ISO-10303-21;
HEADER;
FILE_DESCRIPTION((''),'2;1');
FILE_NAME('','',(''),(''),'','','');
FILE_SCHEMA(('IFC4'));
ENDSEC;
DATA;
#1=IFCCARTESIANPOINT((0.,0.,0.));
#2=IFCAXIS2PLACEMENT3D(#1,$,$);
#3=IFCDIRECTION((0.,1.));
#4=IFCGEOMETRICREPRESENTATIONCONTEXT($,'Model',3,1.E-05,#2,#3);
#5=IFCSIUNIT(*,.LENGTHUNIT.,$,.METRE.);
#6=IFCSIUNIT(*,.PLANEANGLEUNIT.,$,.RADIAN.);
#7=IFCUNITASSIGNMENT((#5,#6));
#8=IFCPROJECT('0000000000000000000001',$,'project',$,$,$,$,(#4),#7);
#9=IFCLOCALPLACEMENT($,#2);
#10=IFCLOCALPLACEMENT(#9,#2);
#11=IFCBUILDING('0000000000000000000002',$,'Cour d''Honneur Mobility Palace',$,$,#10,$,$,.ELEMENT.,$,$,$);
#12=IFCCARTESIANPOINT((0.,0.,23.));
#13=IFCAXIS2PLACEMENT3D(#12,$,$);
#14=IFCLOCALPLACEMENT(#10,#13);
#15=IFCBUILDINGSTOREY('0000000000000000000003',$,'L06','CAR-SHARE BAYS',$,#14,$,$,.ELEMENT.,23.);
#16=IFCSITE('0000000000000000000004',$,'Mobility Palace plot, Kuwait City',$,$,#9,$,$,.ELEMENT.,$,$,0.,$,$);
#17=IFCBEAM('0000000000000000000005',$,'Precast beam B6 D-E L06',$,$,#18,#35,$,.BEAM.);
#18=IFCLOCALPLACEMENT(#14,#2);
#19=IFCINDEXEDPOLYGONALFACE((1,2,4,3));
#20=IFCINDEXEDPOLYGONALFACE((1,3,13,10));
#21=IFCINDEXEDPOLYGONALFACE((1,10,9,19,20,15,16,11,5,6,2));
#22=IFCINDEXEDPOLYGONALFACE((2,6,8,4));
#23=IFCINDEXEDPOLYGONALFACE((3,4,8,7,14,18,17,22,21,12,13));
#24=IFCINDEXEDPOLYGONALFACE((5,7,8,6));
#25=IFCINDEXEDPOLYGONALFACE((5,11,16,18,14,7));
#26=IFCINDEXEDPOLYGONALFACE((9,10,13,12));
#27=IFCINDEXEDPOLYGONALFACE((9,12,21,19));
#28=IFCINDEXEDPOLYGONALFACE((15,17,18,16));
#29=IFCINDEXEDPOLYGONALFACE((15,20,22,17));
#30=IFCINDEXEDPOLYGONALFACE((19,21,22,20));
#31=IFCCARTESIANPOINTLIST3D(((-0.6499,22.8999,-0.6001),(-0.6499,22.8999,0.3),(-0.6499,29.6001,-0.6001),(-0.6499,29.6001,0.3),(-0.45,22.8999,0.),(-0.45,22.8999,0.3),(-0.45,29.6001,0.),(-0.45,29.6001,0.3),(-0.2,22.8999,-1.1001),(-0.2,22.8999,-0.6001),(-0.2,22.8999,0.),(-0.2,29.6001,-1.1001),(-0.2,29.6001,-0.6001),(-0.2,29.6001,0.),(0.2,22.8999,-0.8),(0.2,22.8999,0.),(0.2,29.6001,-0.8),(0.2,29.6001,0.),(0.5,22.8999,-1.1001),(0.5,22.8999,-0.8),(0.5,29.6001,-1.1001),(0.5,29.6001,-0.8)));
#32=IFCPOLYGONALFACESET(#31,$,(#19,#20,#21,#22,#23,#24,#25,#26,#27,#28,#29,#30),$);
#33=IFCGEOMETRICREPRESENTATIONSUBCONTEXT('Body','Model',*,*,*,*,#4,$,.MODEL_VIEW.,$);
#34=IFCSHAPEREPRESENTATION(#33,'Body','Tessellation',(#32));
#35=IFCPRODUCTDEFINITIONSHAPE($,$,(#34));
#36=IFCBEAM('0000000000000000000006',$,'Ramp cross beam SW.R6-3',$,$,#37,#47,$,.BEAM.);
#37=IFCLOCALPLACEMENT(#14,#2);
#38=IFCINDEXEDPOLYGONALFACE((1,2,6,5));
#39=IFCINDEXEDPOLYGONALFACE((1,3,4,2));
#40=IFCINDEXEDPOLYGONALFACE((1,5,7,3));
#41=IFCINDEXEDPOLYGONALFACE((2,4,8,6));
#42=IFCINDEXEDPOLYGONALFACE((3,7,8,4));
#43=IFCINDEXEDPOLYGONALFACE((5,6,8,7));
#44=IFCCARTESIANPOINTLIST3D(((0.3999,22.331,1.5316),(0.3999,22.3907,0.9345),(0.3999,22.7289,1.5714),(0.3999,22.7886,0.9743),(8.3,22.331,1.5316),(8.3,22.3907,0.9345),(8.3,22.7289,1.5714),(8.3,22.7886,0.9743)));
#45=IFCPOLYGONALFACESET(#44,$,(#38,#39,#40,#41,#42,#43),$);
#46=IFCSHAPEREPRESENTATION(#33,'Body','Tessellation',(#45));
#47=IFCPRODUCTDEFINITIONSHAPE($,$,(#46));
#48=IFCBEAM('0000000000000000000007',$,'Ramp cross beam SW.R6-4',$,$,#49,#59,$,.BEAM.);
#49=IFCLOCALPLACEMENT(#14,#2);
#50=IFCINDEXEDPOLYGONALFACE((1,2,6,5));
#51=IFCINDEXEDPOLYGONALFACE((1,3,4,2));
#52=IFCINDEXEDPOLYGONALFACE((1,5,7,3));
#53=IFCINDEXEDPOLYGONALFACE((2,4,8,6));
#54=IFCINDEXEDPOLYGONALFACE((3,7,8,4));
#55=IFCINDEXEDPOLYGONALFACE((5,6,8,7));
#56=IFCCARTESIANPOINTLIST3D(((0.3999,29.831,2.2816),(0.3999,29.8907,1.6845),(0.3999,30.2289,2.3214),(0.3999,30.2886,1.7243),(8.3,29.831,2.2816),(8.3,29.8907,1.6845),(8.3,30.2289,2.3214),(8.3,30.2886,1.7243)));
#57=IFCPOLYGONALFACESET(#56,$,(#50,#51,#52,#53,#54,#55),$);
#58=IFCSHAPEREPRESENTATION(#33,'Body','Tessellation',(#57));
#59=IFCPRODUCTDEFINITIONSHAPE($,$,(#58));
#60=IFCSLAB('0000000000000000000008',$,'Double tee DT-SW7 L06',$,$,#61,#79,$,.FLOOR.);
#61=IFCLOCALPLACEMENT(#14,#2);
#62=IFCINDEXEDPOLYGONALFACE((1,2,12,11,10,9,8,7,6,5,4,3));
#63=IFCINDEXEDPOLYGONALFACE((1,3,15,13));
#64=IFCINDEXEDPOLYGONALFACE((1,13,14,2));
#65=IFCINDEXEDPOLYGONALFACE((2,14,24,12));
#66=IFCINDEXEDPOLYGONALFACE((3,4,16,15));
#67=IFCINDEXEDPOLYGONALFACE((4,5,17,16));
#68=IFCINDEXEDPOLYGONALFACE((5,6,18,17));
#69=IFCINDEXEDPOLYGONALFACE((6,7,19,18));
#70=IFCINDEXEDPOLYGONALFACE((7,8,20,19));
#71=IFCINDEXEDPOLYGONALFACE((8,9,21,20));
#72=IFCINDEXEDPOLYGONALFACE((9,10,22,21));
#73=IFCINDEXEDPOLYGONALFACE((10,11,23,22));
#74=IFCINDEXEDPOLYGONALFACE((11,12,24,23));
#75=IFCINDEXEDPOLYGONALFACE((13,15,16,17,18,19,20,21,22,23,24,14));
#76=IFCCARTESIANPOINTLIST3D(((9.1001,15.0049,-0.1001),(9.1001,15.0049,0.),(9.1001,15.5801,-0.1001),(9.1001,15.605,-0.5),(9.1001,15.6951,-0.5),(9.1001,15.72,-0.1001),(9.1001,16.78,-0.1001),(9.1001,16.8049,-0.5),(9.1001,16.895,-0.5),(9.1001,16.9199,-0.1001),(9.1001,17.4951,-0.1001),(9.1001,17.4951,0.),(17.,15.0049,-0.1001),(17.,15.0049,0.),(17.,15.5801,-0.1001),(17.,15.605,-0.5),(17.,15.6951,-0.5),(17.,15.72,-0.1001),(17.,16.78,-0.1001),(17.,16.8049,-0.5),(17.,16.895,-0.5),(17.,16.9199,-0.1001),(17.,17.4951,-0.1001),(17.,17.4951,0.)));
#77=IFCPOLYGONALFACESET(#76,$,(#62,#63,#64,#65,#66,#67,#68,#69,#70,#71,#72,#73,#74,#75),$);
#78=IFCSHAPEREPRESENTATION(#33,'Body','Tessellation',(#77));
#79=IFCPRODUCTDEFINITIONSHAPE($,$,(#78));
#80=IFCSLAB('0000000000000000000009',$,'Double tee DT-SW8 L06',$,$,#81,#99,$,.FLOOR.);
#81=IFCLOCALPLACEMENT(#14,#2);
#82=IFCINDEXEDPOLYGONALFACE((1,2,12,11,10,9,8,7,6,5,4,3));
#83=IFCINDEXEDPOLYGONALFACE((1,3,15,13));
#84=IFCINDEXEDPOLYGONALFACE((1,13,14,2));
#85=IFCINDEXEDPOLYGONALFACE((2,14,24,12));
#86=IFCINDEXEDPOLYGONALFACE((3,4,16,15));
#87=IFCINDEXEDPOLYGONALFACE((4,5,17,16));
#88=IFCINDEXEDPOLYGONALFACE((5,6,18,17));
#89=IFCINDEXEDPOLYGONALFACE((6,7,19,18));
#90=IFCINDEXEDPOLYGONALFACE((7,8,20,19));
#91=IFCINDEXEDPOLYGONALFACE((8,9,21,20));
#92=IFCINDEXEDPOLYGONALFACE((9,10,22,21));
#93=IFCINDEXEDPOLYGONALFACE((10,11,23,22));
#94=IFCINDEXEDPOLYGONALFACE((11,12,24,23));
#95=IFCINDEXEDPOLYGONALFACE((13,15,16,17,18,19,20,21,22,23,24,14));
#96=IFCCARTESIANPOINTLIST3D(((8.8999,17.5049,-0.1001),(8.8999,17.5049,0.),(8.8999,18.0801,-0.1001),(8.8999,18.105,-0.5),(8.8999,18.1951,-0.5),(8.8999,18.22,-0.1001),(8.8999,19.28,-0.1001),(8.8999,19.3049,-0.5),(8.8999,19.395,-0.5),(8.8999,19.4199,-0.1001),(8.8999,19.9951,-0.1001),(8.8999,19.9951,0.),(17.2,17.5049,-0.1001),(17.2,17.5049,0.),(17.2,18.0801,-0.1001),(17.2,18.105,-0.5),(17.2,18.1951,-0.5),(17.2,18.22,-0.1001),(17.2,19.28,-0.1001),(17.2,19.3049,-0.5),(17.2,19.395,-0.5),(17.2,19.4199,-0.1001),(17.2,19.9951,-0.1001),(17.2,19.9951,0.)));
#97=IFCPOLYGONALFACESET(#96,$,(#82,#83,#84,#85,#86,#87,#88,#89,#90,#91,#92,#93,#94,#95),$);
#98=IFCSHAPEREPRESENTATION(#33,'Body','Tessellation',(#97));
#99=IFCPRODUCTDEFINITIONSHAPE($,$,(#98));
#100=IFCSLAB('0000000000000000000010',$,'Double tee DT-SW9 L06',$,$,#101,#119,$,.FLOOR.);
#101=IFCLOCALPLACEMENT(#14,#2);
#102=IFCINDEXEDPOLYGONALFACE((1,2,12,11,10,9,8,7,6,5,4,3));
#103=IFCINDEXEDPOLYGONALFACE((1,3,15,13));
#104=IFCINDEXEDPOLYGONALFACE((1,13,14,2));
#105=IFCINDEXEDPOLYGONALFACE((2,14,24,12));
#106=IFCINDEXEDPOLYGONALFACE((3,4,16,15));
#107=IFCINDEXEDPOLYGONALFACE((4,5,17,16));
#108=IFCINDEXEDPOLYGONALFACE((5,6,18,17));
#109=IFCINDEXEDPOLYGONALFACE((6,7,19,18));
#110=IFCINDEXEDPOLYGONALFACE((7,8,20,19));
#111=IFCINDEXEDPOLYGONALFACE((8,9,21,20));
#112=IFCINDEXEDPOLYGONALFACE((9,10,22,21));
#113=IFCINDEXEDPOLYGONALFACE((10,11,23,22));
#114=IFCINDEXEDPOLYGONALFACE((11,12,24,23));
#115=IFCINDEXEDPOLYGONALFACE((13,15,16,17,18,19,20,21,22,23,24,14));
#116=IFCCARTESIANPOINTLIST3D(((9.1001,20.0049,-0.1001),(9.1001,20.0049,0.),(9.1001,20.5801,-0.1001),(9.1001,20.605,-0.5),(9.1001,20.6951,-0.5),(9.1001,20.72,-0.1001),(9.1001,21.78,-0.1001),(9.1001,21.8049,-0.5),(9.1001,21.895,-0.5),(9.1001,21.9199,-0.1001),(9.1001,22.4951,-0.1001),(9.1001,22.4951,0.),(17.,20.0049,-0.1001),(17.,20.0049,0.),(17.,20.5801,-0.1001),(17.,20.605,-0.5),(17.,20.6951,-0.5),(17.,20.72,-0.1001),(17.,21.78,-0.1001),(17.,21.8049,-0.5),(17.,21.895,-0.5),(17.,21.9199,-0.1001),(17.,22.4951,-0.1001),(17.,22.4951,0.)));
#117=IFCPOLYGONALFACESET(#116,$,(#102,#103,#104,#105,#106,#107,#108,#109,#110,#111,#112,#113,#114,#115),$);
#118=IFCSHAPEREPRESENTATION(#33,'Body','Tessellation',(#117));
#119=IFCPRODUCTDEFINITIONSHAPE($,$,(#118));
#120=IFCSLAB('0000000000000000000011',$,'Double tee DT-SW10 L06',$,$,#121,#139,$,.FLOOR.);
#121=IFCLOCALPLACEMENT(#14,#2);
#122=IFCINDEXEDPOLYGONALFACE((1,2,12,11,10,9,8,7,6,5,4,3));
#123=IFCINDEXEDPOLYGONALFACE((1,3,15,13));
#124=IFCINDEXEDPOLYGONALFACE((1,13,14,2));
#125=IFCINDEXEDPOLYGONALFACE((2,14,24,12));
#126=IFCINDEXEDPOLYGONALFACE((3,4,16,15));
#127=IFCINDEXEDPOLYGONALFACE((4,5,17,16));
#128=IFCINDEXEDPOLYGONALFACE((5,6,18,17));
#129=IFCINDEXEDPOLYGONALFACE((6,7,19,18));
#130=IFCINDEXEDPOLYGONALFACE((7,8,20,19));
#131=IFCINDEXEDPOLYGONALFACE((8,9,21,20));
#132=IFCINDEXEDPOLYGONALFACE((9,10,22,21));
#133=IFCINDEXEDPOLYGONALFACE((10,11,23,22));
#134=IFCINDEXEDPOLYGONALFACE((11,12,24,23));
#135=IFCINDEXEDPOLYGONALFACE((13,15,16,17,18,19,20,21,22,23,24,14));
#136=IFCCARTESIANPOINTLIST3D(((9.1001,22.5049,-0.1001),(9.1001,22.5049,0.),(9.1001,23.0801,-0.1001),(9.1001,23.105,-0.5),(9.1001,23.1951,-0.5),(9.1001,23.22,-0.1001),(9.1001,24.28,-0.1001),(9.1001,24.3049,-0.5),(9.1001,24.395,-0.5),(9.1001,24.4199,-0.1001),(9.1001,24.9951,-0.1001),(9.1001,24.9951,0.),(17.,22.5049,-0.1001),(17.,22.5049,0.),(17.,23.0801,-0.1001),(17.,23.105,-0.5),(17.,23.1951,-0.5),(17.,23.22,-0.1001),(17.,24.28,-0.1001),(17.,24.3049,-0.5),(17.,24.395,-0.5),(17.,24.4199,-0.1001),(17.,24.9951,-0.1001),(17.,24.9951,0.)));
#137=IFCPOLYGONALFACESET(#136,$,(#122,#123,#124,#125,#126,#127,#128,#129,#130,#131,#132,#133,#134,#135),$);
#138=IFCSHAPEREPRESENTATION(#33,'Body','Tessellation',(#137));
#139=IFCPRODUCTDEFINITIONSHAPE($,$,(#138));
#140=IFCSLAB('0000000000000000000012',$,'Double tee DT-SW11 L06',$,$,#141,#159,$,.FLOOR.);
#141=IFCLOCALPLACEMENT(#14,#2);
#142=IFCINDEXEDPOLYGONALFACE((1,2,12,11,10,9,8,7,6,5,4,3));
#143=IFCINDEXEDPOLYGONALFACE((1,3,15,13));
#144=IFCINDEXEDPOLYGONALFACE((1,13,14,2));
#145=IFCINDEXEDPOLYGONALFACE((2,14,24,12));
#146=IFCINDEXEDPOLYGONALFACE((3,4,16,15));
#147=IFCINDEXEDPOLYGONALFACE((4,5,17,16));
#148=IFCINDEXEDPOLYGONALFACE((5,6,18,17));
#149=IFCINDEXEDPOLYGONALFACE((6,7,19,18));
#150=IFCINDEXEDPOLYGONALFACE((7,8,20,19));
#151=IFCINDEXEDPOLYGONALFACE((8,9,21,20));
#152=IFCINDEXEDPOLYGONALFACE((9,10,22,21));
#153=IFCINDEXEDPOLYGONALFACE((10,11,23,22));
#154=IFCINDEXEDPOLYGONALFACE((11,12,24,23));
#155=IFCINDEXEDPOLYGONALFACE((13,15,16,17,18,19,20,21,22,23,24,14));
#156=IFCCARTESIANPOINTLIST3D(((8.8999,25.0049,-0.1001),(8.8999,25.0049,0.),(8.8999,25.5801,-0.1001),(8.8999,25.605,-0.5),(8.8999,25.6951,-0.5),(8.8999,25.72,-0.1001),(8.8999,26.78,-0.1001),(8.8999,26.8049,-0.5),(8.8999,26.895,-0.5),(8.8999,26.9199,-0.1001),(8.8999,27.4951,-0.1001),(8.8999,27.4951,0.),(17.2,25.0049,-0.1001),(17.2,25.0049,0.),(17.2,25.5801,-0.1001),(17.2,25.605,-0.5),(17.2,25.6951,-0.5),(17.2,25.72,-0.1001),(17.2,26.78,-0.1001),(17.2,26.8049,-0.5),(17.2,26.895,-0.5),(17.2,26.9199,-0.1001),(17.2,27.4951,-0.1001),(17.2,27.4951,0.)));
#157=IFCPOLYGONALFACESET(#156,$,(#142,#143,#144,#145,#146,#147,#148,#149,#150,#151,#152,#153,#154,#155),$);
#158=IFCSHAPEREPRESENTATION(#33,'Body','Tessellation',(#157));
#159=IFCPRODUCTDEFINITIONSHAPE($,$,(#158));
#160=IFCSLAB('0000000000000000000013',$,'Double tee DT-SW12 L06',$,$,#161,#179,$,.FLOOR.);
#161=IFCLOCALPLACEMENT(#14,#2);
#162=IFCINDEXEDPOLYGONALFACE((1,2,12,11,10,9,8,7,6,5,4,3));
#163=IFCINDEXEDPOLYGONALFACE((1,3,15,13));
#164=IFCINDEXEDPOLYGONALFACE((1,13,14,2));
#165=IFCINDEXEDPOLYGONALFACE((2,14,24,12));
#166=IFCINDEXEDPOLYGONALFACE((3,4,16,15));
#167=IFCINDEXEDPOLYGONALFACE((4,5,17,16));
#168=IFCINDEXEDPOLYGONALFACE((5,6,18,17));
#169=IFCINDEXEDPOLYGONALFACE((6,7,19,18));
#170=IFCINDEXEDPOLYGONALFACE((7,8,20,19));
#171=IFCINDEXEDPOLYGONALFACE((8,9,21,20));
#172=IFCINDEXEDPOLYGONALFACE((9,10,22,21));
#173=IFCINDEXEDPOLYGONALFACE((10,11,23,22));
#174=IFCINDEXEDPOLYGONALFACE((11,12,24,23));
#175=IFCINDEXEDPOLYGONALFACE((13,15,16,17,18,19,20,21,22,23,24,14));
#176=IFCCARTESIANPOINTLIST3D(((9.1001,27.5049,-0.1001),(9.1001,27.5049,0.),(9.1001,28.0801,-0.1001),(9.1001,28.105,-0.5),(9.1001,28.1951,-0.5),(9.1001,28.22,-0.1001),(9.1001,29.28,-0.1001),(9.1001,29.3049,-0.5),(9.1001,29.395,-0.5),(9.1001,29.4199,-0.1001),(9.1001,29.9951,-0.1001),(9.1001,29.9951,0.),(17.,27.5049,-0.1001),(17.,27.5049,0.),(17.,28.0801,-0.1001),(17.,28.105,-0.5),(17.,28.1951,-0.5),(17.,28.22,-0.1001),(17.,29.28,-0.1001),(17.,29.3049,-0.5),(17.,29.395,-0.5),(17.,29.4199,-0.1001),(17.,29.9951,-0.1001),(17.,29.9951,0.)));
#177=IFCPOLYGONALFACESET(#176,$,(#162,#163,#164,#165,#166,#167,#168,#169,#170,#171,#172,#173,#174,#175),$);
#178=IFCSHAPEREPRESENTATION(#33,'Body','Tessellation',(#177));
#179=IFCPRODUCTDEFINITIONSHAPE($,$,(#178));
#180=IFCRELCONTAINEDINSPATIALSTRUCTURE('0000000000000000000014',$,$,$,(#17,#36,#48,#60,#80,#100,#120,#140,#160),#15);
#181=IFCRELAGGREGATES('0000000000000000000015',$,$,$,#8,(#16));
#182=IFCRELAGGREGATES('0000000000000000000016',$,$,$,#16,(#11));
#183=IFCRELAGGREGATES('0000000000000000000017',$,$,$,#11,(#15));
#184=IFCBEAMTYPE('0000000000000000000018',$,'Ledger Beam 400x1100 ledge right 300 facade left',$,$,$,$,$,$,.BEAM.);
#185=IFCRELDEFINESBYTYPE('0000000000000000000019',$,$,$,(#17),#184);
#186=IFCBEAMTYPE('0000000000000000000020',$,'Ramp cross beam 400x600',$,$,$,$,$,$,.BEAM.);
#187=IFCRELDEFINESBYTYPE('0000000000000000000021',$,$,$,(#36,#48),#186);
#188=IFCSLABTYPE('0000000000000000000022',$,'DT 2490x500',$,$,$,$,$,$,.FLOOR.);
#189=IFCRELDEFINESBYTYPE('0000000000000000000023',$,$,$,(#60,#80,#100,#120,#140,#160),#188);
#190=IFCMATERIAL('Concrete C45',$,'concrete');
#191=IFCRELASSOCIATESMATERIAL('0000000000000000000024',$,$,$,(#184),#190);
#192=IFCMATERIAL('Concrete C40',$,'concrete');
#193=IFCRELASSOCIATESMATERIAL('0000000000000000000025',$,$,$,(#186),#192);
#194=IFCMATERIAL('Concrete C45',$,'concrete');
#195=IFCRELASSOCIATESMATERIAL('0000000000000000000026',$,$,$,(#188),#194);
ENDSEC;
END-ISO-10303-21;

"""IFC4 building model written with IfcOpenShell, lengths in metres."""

from ifc_helpers import new_model, si_unit, direction, frame, origin, origin_2d, place, context, subcontext, project, spatial, polyline, rectangle, outline, extrude, material, material_profile, profile_set, type_object, element, save


model = new_model("IFC4")

# Units and contexts
model_context = context("Model", 3, precision=1e-05, world=origin(), true_north=direction((0.0, 1.0)))
body_context = subcontext(model_context, "Body", "Model", "MODEL_VIEW")
ifc_project = project(units=[si_unit("LENGTHUNIT", "METRE"), si_unit("PLANEANGLEUNIT", "RADIAN")], contexts=[model_context])

# Site, building, storey
site_placement = place(None, origin())
site = spatial("IfcSite", under=ifc_project, at=site_placement, Name="Mobility Palace plot, Kuwait City", CompositionType="ELEMENT", RefElevation=0.0)
building_placement = place(site_placement, origin())
building = spatial("IfcBuilding", under=site, at=building_placement, Name="Cour d'Honneur Mobility Palace", CompositionType="ELEMENT")
storey_placement = place(building_placement, frame((0.0, 0.0, 23.0)))
storey = spatial("IfcBuildingStorey", under=building, at=storey_placement, Name="L06", Description="CAR-SHARE BAYS", CompositionType="ELEMENT", Elevation=23.0)

# Beams
ifc_material_1 = material(Name="Concrete C45", Category="concrete")
ifc_material_profile_1 = material_profile(ifc_material_1, outline(polyline([(0.2, -1.1001), (0.2, -0.6001), (0.6499, -0.6001), (0.6499, 0.3), (0.45, 0.3), (0.45, 0.0), (0.2, 0.0), (-0.2, 0.0), (-0.2, -0.8), (-0.5, -0.8), (-0.5, -1.1001), (0.2, -1.1001)])), Name="Ledger Beam 400x1100 ledge right 300 facade left")
ifc_profile_set_1 = profile_set([ifc_material_profile_1], Name="Concrete C45")
beam_type_1 = type_object("IfcBeamType", Name="Ledger Beam 400x1100 ledge right 300 facade left", PredefinedType="BEAM", material=ifc_profile_set_1)
for number, where, z_axis, x_axis, name in (
    (1, (0.0, 22.8999, 0.0), (0.0, 1.0, 0.0), (-1.0, 0.0, 0.0), "Precast beam B6 D-E L06"),
):
    element("IfcBeam", number, at=place(storey_placement, frame(where, z_axis=z_axis, x_axis=x_axis)), inside=storey, type_object=beam_type_1, Name=name, PredefinedType="BEAM", context=body_context, shape_type="SweptSolid", body=[
        extrude(outline(polyline([(0.2, -1.1001), (0.2, -0.6001), (0.6499, -0.6001), (0.6499, 0.3), (0.45, 0.3), (0.45, 0.0), (0.2, 0.0), (-0.2, 0.0), (-0.2, -0.8), (-0.5, -0.8), (-0.5, -1.1001), (0.2, -1.1001)])), origin(), (0.0, 0.0, 1.0), 6.7002),
    ])
ifc_material_2 = material(Name="Concrete C40", Category="concrete")
ifc_material_profile_2 = material_profile(ifc_material_2, rectangle(XDim=0.3999, YDim=0.6001, at=origin_2d()), Name="Ramp cross beam 400x600")
ifc_profile_set_2 = profile_set([ifc_material_profile_2], Name="Concrete C40")
beam_type_2 = type_object("IfcBeamType", Name="Ramp cross beam 400x600", PredefinedType="BEAM", material=ifc_profile_set_2)
for number, where, z_axis, x_axis, name in (
    (2, (0.3999, 22.5598, 1.2529), (1.0, 0.0, 0.0), (0.0, 0.995037, 0.099504), "Ramp cross beam SW.R6-3"),
    (3, (0.3999, 30.0598, 2.0029), (1.0, 0.0, 0.0), (0.0, 0.995037, 0.099504), "Ramp cross beam SW.R6-4"),
):
    element("IfcBeam", number, at=place(storey_placement, frame(where, z_axis=z_axis, x_axis=x_axis)), inside=storey, type_object=beam_type_2, Name=name, PredefinedType="BEAM", context=body_context, shape_type="SweptSolid", body=[
        extrude(rectangle(XDim=0.3999, YDim=0.6001, at=origin_2d()), origin(), (0.0, 0.0, 1.0), 7.9001),
    ])

# Slabs
ifc_material_3 = material(Name="Concrete C45", Category="concrete")
ifc_material_profile_3 = material_profile(ifc_material_3, outline(polyline([(-1.2451, 0.0), (1.2451, 0.0), (1.2451, -0.1001), (0.6699, -0.1001), (0.645, -0.5), (0.5549, -0.5), (0.53, -0.1001), (-0.53, -0.1001), (-0.5549, -0.5), (-0.645, -0.5), (-0.6699, -0.1001), (-1.2451, -0.1001), (-1.2451, 0.0)])), Name="DT 2490x500")
ifc_profile_set_3 = profile_set([ifc_material_profile_3], Name="Concrete C45")
slab_type = type_object("IfcSlabType", Name="DT 2490x500", PredefinedType="FLOOR", material=ifc_profile_set_3)
slab_1_placement = place(storey_placement, frame((9.1001, 16.25, 0.0), z_axis=(1.0, 0.0, 0.0), x_axis=(0.0, 1.0, 0.0)))
element("IfcSlab", 4, at=slab_1_placement, inside=storey, type_object=slab_type, Name="Double tee DT-SW7 L06", PredefinedType="FLOOR", context=body_context, shape_type="SweptSolid", body=[
    extrude(outline(polyline([(-1.2451, 0.0), (1.2451, 0.0), (1.2451, -0.1001), (0.6699, -0.1001), (0.645, -0.5), (0.5549, -0.5), (0.53, -0.1001), (-0.53, -0.1001), (-0.5549, -0.5), (-0.645, -0.5), (-0.6699, -0.1001), (-1.2451, -0.1001), (-1.2451, 0.0)])), origin(), (0.0, 0.0, 1.0), 7.8999),
])
slab_2_placement = place(storey_placement, frame((8.8999, 18.75, 0.0), z_axis=(1.0, 0.0, 0.0), x_axis=(0.0, 1.0, 0.0)))
element("IfcSlab", 5, at=slab_2_placement, inside=storey, type_object=slab_type, Name="Double tee DT-SW8 L06", PredefinedType="FLOOR", context=body_context, shape_type="SweptSolid", body=[
    extrude(outline(polyline([(-1.2451, 0.0), (1.2451, 0.0), (1.2451, -0.1001), (0.6699, -0.1001), (0.645, -0.5), (0.5549, -0.5), (0.53, -0.1001), (-0.53, -0.1001), (-0.5549, -0.5), (-0.645, -0.5), (-0.6699, -0.1001), (-1.2451, -0.1001), (-1.2451, 0.0)])), origin(), (0.0, 0.0, 1.0), 8.3),
])
for number, where, z_axis, x_axis, name in (
    (6, (9.1001, 21.25, 0.0), (1.0, 0.0, 0.0), (0.0, 1.0, 0.0), "Double tee DT-SW9 L06"),
    (7, (9.1001, 23.75, 0.0), (1.0, 0.0, 0.0), (0.0, 1.0, 0.0), "Double tee DT-SW10 L06"),
):
    element("IfcSlab", number, at=place(storey_placement, frame(where, z_axis=z_axis, x_axis=x_axis)), inside=storey, type_object=slab_type, Name=name, PredefinedType="FLOOR", context=body_context, shape_type="SweptSolid", body=[
        extrude(outline(polyline([(-1.2451, 0.0), (1.2451, 0.0), (1.2451, -0.1001), (0.6699, -0.1001), (0.645, -0.5), (0.5549, -0.5), (0.53, -0.1001), (-0.53, -0.1001), (-0.5549, -0.5), (-0.645, -0.5), (-0.6699, -0.1001), (-1.2451, -0.1001), (-1.2451, 0.0)])), origin(), (0.0, 0.0, 1.0), 7.8999),
    ])
slab_3_placement = place(storey_placement, frame((8.8999, 26.25, 0.0), z_axis=(1.0, 0.0, 0.0), x_axis=(0.0, 1.0, 0.0)))
element("IfcSlab", 8, at=slab_3_placement, inside=storey, type_object=slab_type, Name="Double tee DT-SW11 L06", PredefinedType="FLOOR", context=body_context, shape_type="SweptSolid", body=[
    extrude(outline(polyline([(-1.2451, 0.0), (1.2451, 0.0), (1.2451, -0.1001), (0.6699, -0.1001), (0.645, -0.5), (0.5549, -0.5), (0.53, -0.1001), (-0.53, -0.1001), (-0.5549, -0.5), (-0.645, -0.5), (-0.6699, -0.1001), (-1.2451, -0.1001), (-1.2451, 0.0)])), origin(), (0.0, 0.0, 1.0), 8.3),
])
slab_4_placement = place(storey_placement, frame((9.1001, 28.75, 0.0), z_axis=(1.0, 0.0, 0.0), x_axis=(0.0, 1.0, 0.0)))
element("IfcSlab", 9, at=slab_4_placement, inside=storey, type_object=slab_type, Name="Double tee DT-SW12 L06", PredefinedType="FLOOR", context=body_context, shape_type="SweptSolid", body=[
    extrude(outline(polyline([(-1.2451, 0.0), (1.2451, 0.0), (1.2451, -0.1001), (0.6699, -0.1001), (0.645, -0.5), (0.5549, -0.5), (0.53, -0.1001), (-0.53, -0.1001), (-0.5549, -0.5), (-0.645, -0.5), (-0.6699, -0.1001), (-1.2451, -0.1001), (-1.2451, 0.0)])), origin(), (0.0, 0.0, 1.0), 7.8999),
])

save(model, "model.ifc")
